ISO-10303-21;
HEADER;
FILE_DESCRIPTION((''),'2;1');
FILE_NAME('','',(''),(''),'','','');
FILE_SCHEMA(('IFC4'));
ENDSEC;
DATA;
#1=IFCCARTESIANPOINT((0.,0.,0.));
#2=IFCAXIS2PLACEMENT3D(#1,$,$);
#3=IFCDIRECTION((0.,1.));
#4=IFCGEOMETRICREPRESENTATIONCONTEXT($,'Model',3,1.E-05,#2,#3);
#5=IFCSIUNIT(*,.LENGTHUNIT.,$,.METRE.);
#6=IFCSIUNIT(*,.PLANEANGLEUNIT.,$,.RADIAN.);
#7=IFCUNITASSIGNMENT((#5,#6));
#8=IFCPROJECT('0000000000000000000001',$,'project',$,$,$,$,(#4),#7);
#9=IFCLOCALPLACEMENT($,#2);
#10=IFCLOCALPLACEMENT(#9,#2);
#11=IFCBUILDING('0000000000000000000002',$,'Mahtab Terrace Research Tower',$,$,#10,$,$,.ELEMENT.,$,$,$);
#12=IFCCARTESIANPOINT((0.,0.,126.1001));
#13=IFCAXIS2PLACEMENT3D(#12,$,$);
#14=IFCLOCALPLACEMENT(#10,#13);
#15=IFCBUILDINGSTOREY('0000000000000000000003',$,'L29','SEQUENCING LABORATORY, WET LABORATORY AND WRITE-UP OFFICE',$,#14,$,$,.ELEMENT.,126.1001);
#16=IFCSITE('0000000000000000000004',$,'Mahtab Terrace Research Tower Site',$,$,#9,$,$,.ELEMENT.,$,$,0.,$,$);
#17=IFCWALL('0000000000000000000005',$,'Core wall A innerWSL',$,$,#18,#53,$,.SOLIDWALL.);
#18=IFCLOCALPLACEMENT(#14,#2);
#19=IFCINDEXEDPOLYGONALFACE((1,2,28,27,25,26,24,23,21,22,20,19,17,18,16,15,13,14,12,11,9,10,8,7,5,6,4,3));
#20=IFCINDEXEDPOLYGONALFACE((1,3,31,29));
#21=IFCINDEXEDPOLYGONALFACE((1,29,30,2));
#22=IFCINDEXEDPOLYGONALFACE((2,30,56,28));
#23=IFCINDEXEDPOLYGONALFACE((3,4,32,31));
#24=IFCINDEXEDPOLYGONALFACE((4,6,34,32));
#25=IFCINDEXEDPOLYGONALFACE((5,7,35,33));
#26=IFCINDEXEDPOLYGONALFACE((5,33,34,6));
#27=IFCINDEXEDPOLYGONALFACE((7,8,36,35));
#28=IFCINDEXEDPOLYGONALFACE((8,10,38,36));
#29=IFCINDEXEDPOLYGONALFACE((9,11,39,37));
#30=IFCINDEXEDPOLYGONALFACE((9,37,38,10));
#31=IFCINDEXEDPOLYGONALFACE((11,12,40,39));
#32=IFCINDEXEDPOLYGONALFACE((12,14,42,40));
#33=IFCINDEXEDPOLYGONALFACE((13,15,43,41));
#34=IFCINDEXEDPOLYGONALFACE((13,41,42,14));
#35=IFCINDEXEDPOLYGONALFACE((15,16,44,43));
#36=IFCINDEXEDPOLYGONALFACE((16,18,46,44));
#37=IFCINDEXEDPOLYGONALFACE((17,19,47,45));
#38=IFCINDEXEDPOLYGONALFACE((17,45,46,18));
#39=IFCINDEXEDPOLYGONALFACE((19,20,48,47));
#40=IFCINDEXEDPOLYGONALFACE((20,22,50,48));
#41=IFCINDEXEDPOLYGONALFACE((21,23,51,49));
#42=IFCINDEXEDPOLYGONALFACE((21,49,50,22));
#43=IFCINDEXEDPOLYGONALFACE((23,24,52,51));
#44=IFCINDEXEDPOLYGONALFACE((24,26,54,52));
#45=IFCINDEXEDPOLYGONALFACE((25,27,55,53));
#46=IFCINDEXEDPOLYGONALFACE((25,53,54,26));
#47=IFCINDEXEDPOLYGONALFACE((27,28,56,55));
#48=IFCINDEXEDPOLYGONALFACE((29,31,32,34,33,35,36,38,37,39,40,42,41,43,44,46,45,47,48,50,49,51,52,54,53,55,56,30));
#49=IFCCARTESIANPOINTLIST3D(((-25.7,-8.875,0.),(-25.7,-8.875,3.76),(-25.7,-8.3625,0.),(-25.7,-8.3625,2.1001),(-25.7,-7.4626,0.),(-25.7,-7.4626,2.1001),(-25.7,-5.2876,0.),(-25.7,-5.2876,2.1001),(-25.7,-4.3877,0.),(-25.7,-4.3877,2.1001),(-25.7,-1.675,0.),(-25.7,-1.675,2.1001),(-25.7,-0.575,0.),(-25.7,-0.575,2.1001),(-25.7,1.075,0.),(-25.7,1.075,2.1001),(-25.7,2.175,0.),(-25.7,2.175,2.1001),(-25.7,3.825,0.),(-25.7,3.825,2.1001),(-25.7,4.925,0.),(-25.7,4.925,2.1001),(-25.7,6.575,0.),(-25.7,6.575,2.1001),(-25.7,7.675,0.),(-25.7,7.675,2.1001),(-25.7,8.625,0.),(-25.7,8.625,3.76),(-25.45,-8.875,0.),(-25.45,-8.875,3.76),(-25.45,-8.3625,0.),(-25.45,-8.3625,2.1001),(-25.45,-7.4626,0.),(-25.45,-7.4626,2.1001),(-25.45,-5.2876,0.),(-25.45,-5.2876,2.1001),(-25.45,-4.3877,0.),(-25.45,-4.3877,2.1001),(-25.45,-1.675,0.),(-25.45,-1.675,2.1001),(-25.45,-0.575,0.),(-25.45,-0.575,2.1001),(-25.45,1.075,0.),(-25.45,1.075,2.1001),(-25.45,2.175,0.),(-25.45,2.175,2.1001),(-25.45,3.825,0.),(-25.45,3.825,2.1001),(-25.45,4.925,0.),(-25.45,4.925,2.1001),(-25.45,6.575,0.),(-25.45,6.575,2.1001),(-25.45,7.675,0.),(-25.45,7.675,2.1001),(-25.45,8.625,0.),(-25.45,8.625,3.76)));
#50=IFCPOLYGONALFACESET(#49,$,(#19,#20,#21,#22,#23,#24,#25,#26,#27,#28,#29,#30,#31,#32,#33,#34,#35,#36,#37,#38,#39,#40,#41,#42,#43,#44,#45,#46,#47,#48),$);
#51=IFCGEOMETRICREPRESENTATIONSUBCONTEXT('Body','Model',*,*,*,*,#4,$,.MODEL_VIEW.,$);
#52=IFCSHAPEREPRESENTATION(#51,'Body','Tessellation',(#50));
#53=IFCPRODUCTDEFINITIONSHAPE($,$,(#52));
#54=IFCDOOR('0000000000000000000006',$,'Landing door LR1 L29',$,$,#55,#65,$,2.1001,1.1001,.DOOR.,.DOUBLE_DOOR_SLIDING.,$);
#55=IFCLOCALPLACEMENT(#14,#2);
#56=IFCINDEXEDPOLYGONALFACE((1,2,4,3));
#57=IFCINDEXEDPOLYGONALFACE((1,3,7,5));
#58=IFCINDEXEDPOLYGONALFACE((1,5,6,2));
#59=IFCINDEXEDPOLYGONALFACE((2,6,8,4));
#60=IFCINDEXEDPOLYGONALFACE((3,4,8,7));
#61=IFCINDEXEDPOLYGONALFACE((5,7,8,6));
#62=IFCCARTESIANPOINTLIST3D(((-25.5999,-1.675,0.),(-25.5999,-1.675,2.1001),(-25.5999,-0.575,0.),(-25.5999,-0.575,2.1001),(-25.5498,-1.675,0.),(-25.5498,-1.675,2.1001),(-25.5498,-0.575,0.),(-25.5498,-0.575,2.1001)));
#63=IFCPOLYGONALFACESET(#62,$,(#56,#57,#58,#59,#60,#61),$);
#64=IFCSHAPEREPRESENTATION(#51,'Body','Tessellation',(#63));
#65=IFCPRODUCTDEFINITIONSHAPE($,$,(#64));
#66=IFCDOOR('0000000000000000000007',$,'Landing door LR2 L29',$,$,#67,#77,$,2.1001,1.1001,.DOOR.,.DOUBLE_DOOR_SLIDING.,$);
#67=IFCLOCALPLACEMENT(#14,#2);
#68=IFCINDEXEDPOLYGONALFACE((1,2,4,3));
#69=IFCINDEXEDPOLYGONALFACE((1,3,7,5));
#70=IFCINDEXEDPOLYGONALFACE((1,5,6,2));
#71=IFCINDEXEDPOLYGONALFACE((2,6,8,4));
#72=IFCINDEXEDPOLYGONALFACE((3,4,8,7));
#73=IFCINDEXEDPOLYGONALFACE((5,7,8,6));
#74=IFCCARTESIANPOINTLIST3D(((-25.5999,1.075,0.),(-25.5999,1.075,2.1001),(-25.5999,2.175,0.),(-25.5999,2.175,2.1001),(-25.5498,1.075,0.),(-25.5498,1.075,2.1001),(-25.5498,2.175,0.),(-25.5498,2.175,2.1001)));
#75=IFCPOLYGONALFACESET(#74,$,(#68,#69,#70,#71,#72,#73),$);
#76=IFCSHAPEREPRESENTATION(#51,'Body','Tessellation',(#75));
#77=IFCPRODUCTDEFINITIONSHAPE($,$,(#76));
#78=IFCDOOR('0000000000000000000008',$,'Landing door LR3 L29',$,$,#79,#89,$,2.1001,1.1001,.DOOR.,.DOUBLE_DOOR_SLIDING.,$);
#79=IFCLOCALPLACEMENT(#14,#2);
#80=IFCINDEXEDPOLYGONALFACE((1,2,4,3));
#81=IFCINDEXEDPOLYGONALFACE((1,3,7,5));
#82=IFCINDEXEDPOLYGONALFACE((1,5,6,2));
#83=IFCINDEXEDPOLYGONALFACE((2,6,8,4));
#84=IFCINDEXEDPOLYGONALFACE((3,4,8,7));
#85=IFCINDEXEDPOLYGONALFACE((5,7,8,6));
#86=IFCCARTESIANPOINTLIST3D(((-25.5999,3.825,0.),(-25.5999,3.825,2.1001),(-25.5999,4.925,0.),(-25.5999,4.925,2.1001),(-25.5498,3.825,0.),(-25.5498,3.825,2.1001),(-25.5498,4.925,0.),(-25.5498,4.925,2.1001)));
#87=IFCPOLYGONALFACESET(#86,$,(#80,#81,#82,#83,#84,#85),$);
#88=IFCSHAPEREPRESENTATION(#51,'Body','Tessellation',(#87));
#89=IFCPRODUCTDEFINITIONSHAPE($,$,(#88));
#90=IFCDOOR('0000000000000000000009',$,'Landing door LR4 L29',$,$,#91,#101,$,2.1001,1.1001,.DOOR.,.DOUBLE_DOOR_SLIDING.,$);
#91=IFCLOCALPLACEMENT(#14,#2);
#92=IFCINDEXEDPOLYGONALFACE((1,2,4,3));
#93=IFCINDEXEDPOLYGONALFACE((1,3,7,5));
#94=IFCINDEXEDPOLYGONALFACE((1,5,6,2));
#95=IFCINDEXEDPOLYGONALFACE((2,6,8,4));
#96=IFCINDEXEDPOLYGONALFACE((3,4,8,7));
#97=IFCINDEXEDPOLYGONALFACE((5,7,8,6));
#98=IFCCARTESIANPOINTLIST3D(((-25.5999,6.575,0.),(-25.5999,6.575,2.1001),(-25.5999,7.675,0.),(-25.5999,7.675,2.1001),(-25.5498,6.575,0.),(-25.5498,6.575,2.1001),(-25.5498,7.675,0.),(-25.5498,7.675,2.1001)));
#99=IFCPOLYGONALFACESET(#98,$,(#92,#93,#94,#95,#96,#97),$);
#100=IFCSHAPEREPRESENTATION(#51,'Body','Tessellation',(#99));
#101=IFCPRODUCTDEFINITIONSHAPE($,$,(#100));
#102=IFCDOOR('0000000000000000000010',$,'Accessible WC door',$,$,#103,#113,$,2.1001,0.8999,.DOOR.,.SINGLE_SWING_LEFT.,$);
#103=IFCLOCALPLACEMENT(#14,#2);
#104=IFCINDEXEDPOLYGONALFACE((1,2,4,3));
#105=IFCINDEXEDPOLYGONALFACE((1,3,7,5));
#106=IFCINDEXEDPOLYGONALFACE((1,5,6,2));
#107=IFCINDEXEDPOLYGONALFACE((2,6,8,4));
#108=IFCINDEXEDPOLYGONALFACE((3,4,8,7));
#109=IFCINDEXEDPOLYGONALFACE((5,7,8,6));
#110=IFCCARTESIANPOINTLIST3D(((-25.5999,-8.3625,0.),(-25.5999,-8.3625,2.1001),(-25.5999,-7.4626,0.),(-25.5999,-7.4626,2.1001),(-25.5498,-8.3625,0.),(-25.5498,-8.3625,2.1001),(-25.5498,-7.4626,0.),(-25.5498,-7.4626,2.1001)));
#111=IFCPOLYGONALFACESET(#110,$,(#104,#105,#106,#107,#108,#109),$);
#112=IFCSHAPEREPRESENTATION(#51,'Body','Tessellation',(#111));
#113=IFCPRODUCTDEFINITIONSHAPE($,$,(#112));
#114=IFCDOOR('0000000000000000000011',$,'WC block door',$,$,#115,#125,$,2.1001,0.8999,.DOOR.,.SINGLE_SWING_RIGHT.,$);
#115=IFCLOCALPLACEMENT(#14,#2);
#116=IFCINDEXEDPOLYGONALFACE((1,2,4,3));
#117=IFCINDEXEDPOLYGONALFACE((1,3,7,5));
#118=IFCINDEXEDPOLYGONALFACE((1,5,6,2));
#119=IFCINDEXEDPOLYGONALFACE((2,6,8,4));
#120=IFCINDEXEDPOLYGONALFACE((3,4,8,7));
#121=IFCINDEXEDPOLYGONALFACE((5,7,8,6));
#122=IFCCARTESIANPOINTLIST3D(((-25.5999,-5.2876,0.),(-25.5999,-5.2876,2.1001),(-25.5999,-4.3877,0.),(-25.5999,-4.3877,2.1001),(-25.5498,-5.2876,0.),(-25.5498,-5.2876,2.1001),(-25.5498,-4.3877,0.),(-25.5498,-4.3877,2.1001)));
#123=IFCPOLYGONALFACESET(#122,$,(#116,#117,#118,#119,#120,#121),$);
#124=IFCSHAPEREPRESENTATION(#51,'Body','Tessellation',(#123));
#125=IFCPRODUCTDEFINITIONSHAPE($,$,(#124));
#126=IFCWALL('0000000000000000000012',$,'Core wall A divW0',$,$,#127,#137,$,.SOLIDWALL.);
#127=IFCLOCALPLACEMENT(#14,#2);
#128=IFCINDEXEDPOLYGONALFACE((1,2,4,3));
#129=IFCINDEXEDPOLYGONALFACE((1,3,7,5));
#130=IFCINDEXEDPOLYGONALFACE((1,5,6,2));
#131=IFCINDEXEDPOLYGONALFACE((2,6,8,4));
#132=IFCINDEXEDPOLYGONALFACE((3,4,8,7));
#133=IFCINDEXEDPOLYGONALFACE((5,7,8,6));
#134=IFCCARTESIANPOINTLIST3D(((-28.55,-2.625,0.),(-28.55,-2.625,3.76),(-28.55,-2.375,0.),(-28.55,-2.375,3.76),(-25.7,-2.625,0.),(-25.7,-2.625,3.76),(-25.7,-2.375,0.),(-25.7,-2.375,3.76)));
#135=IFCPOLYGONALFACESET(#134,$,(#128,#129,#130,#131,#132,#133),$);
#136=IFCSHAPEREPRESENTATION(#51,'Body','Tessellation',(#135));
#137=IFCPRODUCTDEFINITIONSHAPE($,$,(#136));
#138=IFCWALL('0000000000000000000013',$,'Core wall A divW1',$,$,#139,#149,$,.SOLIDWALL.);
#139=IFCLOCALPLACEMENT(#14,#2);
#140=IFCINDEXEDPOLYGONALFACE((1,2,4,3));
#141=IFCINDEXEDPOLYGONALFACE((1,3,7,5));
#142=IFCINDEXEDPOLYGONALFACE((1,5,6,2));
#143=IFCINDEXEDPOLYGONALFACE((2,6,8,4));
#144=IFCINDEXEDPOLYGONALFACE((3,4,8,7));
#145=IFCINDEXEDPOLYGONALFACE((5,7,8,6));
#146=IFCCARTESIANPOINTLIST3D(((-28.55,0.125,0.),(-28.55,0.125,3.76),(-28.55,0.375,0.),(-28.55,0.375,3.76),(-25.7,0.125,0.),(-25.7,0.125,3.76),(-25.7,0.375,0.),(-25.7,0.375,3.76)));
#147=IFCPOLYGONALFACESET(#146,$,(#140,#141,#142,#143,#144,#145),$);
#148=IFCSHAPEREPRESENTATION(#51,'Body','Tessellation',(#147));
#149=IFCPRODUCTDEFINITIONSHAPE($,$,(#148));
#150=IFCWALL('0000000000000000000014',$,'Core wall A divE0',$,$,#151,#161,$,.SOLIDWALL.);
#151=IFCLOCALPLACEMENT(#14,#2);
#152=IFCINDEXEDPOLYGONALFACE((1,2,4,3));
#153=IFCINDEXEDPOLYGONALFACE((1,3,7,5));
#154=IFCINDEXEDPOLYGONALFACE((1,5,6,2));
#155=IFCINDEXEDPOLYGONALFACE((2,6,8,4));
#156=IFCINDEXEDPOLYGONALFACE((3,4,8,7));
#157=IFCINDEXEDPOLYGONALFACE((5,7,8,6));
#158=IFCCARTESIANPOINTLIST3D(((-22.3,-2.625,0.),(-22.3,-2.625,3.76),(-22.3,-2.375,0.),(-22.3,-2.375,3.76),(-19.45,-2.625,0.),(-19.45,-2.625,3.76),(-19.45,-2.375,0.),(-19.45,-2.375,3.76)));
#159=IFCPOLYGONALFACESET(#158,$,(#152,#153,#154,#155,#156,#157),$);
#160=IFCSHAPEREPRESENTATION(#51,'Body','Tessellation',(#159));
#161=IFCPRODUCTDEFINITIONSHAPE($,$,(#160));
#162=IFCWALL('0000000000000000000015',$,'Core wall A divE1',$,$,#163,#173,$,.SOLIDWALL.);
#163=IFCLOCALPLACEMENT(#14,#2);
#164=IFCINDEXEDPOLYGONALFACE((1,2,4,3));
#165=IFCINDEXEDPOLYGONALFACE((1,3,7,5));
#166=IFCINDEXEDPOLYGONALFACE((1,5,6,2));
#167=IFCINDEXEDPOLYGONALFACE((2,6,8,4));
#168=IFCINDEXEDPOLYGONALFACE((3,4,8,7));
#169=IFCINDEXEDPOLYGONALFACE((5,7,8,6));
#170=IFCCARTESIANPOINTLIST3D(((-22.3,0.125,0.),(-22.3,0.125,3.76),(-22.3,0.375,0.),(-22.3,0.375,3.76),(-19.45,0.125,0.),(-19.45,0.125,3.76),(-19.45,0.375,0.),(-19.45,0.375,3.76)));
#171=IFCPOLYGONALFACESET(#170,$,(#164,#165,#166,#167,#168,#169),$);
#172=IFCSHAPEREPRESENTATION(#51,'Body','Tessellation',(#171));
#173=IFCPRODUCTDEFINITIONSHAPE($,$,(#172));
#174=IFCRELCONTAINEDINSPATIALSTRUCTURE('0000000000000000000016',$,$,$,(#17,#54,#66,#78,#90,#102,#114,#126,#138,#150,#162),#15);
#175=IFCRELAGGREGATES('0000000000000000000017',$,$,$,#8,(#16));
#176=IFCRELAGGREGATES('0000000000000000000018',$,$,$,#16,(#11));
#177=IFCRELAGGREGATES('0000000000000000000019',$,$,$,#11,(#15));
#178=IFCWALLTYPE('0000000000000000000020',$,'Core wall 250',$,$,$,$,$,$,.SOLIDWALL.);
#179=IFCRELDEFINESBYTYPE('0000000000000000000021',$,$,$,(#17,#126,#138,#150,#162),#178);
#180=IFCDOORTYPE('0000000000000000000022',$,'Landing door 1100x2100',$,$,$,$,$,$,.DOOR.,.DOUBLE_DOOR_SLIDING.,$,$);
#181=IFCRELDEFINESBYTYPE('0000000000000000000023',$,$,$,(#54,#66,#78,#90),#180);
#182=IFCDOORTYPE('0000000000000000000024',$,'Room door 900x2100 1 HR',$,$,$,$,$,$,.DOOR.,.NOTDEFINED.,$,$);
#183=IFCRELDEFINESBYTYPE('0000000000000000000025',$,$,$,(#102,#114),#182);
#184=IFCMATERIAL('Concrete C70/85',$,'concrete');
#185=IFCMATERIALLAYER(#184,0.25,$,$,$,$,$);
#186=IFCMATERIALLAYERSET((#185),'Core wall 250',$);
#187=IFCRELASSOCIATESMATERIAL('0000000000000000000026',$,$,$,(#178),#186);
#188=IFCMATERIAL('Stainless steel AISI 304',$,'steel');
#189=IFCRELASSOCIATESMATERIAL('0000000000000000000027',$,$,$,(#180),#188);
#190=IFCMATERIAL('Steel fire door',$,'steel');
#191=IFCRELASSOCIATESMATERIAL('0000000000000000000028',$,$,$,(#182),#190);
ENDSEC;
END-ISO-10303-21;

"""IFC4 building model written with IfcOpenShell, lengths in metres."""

from ifc_helpers import new_model, si_unit, direction, frame, frame_2d, origin, place, context, subcontext, project, spatial, rectangle, extrude, material, layer, layer_set, type_object, element, fill, save


model = new_model("IFC4")

# Units and contexts
model_context = context("Model", 3, precision=1e-05, world=origin(), true_north=direction((0.0, 1.0)))
body_context = subcontext(model_context, "Body", "Model", "MODEL_VIEW")
ifc_project = project(units=[si_unit("LENGTHUNIT", "METRE"), si_unit("PLANEANGLEUNIT", "RADIAN")], contexts=[model_context])

# Site, building, storey
site_placement = place(None, origin())
site = spatial("IfcSite", under=ifc_project, at=site_placement, Name="Mahtab Terrace Research Tower Site", CompositionType="ELEMENT", RefElevation=0.0)
building_placement = place(site_placement, origin())
building = spatial("IfcBuilding", under=site, at=building_placement, Name="Mahtab Terrace Research Tower", CompositionType="ELEMENT")
storey_placement = place(building_placement, frame((0.0, 0.0, 126.1001)))
storey = spatial("IfcBuildingStorey", under=building, at=storey_placement, Name="L29", Description="SEQUENCING LABORATORY, WET LABORATORY AND WRITE-UP OFFICE", CompositionType="ELEMENT", Elevation=126.1001)

# Shared definitions
ifc_material_1 = material(Name="Concrete C70/85", Category="concrete")

# Shared definitions
ifc_layer_1 = layer(ifc_material_1, 0.25)
ifc_layer_set_1 = layer_set([ifc_layer_1], Name="Core wall 250")
wall_type_1 = type_object("IfcWallType", Name="Core wall 250", PredefinedType="SOLIDWALL", material=ifc_layer_set_1)

# Shared definitions
ifc_material_2 = material(Name="Steel fire door", Category="steel")

# Wall, openings, doors
wall_1_placement = place(storey_placement, frame((-25.575, -8.875, 0.0), z_axis=(0.0, 0.0, 1.0), x_axis=(0.0, 1.0, 0.0)))
wall_1 = element("IfcWall", 1, at=wall_1_placement, inside=storey, type_object=wall_type_1, Name="Core wall A innerWSL", PredefinedType="SOLIDWALL", context=body_context, shape_type="SweptSolid", body=[
    extrude(rectangle(XDim=17.5, YDim=0.25, at=frame_2d((8.75, 0.0))), origin(), (0.0, 0.0, 1.0), 3.76),
])
opening_1_placement = place(wall_1_placement, frame((7.2, 0.0, 0.0)))
opening_1 = element("IfcOpeningElement", 2, at=opening_1_placement, cuts=wall_1, PredefinedType="OPENING", context=body_context, shape_type="SweptSolid", body=[
    extrude(rectangle(XDim=1.1001, YDim=2.1001, at=frame_2d((0.55, 1.05))), frame((0.0, 0.135, 0.0), z_axis=(0.0, -1.0, 0.0), x_axis=(1.0, 0.0, 0.0)), (0.0, 0.0, 1.0), 0.27),
])
opening_2_placement = place(wall_1_placement, frame((9.95, 0.0, 0.0)))
opening_2 = element("IfcOpeningElement", 3, at=opening_2_placement, cuts=wall_1, PredefinedType="OPENING", context=body_context, shape_type="SweptSolid", body=[
    extrude(rectangle(XDim=1.1001, YDim=2.1001, at=frame_2d((0.55, 1.05))), frame((0.0, 0.135, 0.0), z_axis=(0.0, -1.0, 0.0), x_axis=(1.0, 0.0, 0.0)), (0.0, 0.0, 1.0), 0.27),
])
opening_3_placement = place(wall_1_placement, frame((12.7, 0.0, 0.0)))
opening_3 = element("IfcOpeningElement", 4, at=opening_3_placement, cuts=wall_1, PredefinedType="OPENING", context=body_context, shape_type="SweptSolid", body=[
    extrude(rectangle(XDim=1.1001, YDim=2.1001, at=frame_2d((0.55, 1.05))), frame((0.0, 0.135, 0.0), z_axis=(0.0, -1.0, 0.0), x_axis=(1.0, 0.0, 0.0)), (0.0, 0.0, 1.0), 0.27),
])
opening_4_placement = place(wall_1_placement, frame((15.45, 0.0, 0.0)))
opening_4 = element("IfcOpeningElement", 5, at=opening_4_placement, cuts=wall_1, PredefinedType="OPENING", context=body_context, shape_type="SweptSolid", body=[
    extrude(rectangle(XDim=1.1001, YDim=2.1001, at=frame_2d((0.55, 1.05))), frame((0.0, 0.135, 0.0), z_axis=(0.0, -1.0, 0.0), x_axis=(1.0, 0.0, 0.0)), (0.0, 0.0, 1.0), 0.27),
])
opening_5_placement = place(wall_1_placement, frame((0.5125, 0.0, 0.0)))
opening_5 = element("IfcOpeningElement", 6, at=opening_5_placement, cuts=wall_1, PredefinedType="OPENING", context=body_context, shape_type="SweptSolid", body=[
    extrude(rectangle(XDim=0.8999, YDim=2.1001, at=frame_2d((0.45, 1.05))), frame((0.0, 0.135, 0.0), z_axis=(0.0, -1.0, 0.0), x_axis=(1.0, 0.0, 0.0)), (0.0, 0.0, 1.0), 0.27),
])
opening_6_placement = place(wall_1_placement, frame((3.5874, 0.0, 0.0)))
opening_6 = element("IfcOpeningElement", 7, at=opening_6_placement, cuts=wall_1, PredefinedType="OPENING", context=body_context, shape_type="SweptSolid", body=[
    extrude(rectangle(XDim=0.8999, YDim=2.1001, at=frame_2d((0.45, 1.05))), frame((0.0, 0.135, 0.0), z_axis=(0.0, -1.0, 0.0), x_axis=(1.0, 0.0, 0.0)), (0.0, 0.0, 1.0), 0.27),
])
ifc_material_3 = material(Name="Stainless steel AISI 304", Category="steel")
door_type_1 = type_object("IfcDoorType", Name="Landing door 1100x2100", OperationType="DOUBLE_DOOR_SLIDING", PredefinedType="DOOR", material=ifc_material_3)
door_1_placement = place(opening_1_placement, origin())
door_1 = element("IfcDoor", 8, at=door_1_placement, inside=storey, type_object=door_type_1, Name="Landing door LR1 L29", OperationType="DOUBLE_DOOR_SLIDING", OverallHeight=2.1001, OverallWidth=1.1001, PredefinedType="DOOR", context=body_context, shape_type="SweptSolid", body=[
    extrude(rectangle(XDim=1.1001, YDim=2.1001, at=frame_2d((0.55, 1.05))), frame((0.0, 0.0249, 0.0), z_axis=(0.0, -1.0, 0.0), x_axis=(1.0, 0.0, 0.0)), (0.0, 0.0, 1.0), 0.05),
])
fill(opening_1, door_1)
door_2_placement = place(opening_2_placement, origin())
door_2 = element("IfcDoor", 9, at=door_2_placement, inside=storey, type_object=door_type_1, Name="Landing door LR2 L29", OperationType="DOUBLE_DOOR_SLIDING", OverallHeight=2.1001, OverallWidth=1.1001, PredefinedType="DOOR", context=body_context, shape_type="SweptSolid", body=[
    extrude(rectangle(XDim=1.1001, YDim=2.1001, at=frame_2d((0.55, 1.05))), frame((0.0, 0.0249, 0.0), z_axis=(0.0, -1.0, 0.0), x_axis=(1.0, 0.0, 0.0)), (0.0, 0.0, 1.0), 0.05),
])
fill(opening_2, door_2)
door_3_placement = place(opening_3_placement, origin())
door_3 = element("IfcDoor", 10, at=door_3_placement, inside=storey, type_object=door_type_1, Name="Landing door LR3 L29", OperationType="DOUBLE_DOOR_SLIDING", OverallHeight=2.1001, OverallWidth=1.1001, PredefinedType="DOOR", context=body_context, shape_type="SweptSolid", body=[
    extrude(rectangle(XDim=1.1001, YDim=2.1001, at=frame_2d((0.55, 1.05))), frame((0.0, 0.0249, 0.0), z_axis=(0.0, -1.0, 0.0), x_axis=(1.0, 0.0, 0.0)), (0.0, 0.0, 1.0), 0.05),
])
fill(opening_3, door_3)
door_4_placement = place(opening_4_placement, origin())
door_4 = element("IfcDoor", 11, at=door_4_placement, inside=storey, type_object=door_type_1, Name="Landing door LR4 L29", OperationType="DOUBLE_DOOR_SLIDING", OverallHeight=2.1001, OverallWidth=1.1001, PredefinedType="DOOR", context=body_context, shape_type="SweptSolid", body=[
    extrude(rectangle(XDim=1.1001, YDim=2.1001, at=frame_2d((0.55, 1.05))), frame((0.0, 0.0249, 0.0), z_axis=(0.0, -1.0, 0.0), x_axis=(1.0, 0.0, 0.0)), (0.0, 0.0, 1.0), 0.05),
])
fill(opening_4, door_4)
door_type_2 = type_object("IfcDoorType", Name="Room door 900x2100 1 HR", OperationType="NOTDEFINED", PredefinedType="DOOR", material=ifc_material_2)
door_5_placement = place(opening_5_placement, origin())
door_5 = element("IfcDoor", 12, at=door_5_placement, inside=storey, type_object=door_type_2, Name="Accessible WC door", OperationType="SINGLE_SWING_LEFT", OverallHeight=2.1001, OverallWidth=0.8999, PredefinedType="DOOR", context=body_context, shape_type="SweptSolid", body=[
    extrude(rectangle(XDim=0.8999, YDim=2.1001, at=frame_2d((0.45, 1.05))), frame((0.0, 0.0249, 0.0), z_axis=(0.0, -1.0, 0.0), x_axis=(1.0, 0.0, 0.0)), (0.0, 0.0, 1.0), 0.05),
])
fill(opening_5, door_5)
door_6_placement = place(opening_6_placement, origin())
door_6 = element("IfcDoor", 13, at=door_6_placement, inside=storey, type_object=door_type_2, Name="WC block door", OperationType="SINGLE_SWING_RIGHT", OverallHeight=2.1001, OverallWidth=0.8999, PredefinedType="DOOR", context=body_context, shape_type="SweptSolid", body=[
    extrude(rectangle(XDim=0.8999, YDim=2.1001, at=frame_2d((0.45, 1.05))), frame((0.0, 0.0249, 0.0), z_axis=(0.0, -1.0, 0.0), x_axis=(1.0, 0.0, 0.0)), (0.0, 0.0, 1.0), 0.05),
])
fill(opening_6, door_6)

# Walls
for number, where, z_axis, x_axis, name in (
    (14, (-28.55, -2.5, 0.0), (0.0, 0.0, 1.0), (1.0, 0.0, 0.0), "Core wall A divW0"),
    (15, (-28.55, 0.25, 0.0), (0.0, 0.0, 1.0), (1.0, 0.0, 0.0), "Core wall A divW1"),
    (16, (-22.3, -2.5, 0.0), (0.0, 0.0, 1.0), (1.0, 0.0, 0.0), "Core wall A divE0"),
    (17, (-22.3, 0.25, 0.0), (0.0, 0.0, 1.0), (1.0, 0.0, 0.0), "Core wall A divE1"),
):
    element("IfcWall", number, at=place(storey_placement, frame(where, z_axis=z_axis, x_axis=x_axis)), inside=storey, type_object=wall_type_1, Name=name, PredefinedType="SOLIDWALL", context=body_context, shape_type="SweptSolid", body=[
        extrude(rectangle(XDim=2.8501, YDim=0.25, at=frame_2d((1.425, 0.0))), origin(), (0.0, 0.0, 1.0), 3.76),
    ])

save(model, "model.ifc")
